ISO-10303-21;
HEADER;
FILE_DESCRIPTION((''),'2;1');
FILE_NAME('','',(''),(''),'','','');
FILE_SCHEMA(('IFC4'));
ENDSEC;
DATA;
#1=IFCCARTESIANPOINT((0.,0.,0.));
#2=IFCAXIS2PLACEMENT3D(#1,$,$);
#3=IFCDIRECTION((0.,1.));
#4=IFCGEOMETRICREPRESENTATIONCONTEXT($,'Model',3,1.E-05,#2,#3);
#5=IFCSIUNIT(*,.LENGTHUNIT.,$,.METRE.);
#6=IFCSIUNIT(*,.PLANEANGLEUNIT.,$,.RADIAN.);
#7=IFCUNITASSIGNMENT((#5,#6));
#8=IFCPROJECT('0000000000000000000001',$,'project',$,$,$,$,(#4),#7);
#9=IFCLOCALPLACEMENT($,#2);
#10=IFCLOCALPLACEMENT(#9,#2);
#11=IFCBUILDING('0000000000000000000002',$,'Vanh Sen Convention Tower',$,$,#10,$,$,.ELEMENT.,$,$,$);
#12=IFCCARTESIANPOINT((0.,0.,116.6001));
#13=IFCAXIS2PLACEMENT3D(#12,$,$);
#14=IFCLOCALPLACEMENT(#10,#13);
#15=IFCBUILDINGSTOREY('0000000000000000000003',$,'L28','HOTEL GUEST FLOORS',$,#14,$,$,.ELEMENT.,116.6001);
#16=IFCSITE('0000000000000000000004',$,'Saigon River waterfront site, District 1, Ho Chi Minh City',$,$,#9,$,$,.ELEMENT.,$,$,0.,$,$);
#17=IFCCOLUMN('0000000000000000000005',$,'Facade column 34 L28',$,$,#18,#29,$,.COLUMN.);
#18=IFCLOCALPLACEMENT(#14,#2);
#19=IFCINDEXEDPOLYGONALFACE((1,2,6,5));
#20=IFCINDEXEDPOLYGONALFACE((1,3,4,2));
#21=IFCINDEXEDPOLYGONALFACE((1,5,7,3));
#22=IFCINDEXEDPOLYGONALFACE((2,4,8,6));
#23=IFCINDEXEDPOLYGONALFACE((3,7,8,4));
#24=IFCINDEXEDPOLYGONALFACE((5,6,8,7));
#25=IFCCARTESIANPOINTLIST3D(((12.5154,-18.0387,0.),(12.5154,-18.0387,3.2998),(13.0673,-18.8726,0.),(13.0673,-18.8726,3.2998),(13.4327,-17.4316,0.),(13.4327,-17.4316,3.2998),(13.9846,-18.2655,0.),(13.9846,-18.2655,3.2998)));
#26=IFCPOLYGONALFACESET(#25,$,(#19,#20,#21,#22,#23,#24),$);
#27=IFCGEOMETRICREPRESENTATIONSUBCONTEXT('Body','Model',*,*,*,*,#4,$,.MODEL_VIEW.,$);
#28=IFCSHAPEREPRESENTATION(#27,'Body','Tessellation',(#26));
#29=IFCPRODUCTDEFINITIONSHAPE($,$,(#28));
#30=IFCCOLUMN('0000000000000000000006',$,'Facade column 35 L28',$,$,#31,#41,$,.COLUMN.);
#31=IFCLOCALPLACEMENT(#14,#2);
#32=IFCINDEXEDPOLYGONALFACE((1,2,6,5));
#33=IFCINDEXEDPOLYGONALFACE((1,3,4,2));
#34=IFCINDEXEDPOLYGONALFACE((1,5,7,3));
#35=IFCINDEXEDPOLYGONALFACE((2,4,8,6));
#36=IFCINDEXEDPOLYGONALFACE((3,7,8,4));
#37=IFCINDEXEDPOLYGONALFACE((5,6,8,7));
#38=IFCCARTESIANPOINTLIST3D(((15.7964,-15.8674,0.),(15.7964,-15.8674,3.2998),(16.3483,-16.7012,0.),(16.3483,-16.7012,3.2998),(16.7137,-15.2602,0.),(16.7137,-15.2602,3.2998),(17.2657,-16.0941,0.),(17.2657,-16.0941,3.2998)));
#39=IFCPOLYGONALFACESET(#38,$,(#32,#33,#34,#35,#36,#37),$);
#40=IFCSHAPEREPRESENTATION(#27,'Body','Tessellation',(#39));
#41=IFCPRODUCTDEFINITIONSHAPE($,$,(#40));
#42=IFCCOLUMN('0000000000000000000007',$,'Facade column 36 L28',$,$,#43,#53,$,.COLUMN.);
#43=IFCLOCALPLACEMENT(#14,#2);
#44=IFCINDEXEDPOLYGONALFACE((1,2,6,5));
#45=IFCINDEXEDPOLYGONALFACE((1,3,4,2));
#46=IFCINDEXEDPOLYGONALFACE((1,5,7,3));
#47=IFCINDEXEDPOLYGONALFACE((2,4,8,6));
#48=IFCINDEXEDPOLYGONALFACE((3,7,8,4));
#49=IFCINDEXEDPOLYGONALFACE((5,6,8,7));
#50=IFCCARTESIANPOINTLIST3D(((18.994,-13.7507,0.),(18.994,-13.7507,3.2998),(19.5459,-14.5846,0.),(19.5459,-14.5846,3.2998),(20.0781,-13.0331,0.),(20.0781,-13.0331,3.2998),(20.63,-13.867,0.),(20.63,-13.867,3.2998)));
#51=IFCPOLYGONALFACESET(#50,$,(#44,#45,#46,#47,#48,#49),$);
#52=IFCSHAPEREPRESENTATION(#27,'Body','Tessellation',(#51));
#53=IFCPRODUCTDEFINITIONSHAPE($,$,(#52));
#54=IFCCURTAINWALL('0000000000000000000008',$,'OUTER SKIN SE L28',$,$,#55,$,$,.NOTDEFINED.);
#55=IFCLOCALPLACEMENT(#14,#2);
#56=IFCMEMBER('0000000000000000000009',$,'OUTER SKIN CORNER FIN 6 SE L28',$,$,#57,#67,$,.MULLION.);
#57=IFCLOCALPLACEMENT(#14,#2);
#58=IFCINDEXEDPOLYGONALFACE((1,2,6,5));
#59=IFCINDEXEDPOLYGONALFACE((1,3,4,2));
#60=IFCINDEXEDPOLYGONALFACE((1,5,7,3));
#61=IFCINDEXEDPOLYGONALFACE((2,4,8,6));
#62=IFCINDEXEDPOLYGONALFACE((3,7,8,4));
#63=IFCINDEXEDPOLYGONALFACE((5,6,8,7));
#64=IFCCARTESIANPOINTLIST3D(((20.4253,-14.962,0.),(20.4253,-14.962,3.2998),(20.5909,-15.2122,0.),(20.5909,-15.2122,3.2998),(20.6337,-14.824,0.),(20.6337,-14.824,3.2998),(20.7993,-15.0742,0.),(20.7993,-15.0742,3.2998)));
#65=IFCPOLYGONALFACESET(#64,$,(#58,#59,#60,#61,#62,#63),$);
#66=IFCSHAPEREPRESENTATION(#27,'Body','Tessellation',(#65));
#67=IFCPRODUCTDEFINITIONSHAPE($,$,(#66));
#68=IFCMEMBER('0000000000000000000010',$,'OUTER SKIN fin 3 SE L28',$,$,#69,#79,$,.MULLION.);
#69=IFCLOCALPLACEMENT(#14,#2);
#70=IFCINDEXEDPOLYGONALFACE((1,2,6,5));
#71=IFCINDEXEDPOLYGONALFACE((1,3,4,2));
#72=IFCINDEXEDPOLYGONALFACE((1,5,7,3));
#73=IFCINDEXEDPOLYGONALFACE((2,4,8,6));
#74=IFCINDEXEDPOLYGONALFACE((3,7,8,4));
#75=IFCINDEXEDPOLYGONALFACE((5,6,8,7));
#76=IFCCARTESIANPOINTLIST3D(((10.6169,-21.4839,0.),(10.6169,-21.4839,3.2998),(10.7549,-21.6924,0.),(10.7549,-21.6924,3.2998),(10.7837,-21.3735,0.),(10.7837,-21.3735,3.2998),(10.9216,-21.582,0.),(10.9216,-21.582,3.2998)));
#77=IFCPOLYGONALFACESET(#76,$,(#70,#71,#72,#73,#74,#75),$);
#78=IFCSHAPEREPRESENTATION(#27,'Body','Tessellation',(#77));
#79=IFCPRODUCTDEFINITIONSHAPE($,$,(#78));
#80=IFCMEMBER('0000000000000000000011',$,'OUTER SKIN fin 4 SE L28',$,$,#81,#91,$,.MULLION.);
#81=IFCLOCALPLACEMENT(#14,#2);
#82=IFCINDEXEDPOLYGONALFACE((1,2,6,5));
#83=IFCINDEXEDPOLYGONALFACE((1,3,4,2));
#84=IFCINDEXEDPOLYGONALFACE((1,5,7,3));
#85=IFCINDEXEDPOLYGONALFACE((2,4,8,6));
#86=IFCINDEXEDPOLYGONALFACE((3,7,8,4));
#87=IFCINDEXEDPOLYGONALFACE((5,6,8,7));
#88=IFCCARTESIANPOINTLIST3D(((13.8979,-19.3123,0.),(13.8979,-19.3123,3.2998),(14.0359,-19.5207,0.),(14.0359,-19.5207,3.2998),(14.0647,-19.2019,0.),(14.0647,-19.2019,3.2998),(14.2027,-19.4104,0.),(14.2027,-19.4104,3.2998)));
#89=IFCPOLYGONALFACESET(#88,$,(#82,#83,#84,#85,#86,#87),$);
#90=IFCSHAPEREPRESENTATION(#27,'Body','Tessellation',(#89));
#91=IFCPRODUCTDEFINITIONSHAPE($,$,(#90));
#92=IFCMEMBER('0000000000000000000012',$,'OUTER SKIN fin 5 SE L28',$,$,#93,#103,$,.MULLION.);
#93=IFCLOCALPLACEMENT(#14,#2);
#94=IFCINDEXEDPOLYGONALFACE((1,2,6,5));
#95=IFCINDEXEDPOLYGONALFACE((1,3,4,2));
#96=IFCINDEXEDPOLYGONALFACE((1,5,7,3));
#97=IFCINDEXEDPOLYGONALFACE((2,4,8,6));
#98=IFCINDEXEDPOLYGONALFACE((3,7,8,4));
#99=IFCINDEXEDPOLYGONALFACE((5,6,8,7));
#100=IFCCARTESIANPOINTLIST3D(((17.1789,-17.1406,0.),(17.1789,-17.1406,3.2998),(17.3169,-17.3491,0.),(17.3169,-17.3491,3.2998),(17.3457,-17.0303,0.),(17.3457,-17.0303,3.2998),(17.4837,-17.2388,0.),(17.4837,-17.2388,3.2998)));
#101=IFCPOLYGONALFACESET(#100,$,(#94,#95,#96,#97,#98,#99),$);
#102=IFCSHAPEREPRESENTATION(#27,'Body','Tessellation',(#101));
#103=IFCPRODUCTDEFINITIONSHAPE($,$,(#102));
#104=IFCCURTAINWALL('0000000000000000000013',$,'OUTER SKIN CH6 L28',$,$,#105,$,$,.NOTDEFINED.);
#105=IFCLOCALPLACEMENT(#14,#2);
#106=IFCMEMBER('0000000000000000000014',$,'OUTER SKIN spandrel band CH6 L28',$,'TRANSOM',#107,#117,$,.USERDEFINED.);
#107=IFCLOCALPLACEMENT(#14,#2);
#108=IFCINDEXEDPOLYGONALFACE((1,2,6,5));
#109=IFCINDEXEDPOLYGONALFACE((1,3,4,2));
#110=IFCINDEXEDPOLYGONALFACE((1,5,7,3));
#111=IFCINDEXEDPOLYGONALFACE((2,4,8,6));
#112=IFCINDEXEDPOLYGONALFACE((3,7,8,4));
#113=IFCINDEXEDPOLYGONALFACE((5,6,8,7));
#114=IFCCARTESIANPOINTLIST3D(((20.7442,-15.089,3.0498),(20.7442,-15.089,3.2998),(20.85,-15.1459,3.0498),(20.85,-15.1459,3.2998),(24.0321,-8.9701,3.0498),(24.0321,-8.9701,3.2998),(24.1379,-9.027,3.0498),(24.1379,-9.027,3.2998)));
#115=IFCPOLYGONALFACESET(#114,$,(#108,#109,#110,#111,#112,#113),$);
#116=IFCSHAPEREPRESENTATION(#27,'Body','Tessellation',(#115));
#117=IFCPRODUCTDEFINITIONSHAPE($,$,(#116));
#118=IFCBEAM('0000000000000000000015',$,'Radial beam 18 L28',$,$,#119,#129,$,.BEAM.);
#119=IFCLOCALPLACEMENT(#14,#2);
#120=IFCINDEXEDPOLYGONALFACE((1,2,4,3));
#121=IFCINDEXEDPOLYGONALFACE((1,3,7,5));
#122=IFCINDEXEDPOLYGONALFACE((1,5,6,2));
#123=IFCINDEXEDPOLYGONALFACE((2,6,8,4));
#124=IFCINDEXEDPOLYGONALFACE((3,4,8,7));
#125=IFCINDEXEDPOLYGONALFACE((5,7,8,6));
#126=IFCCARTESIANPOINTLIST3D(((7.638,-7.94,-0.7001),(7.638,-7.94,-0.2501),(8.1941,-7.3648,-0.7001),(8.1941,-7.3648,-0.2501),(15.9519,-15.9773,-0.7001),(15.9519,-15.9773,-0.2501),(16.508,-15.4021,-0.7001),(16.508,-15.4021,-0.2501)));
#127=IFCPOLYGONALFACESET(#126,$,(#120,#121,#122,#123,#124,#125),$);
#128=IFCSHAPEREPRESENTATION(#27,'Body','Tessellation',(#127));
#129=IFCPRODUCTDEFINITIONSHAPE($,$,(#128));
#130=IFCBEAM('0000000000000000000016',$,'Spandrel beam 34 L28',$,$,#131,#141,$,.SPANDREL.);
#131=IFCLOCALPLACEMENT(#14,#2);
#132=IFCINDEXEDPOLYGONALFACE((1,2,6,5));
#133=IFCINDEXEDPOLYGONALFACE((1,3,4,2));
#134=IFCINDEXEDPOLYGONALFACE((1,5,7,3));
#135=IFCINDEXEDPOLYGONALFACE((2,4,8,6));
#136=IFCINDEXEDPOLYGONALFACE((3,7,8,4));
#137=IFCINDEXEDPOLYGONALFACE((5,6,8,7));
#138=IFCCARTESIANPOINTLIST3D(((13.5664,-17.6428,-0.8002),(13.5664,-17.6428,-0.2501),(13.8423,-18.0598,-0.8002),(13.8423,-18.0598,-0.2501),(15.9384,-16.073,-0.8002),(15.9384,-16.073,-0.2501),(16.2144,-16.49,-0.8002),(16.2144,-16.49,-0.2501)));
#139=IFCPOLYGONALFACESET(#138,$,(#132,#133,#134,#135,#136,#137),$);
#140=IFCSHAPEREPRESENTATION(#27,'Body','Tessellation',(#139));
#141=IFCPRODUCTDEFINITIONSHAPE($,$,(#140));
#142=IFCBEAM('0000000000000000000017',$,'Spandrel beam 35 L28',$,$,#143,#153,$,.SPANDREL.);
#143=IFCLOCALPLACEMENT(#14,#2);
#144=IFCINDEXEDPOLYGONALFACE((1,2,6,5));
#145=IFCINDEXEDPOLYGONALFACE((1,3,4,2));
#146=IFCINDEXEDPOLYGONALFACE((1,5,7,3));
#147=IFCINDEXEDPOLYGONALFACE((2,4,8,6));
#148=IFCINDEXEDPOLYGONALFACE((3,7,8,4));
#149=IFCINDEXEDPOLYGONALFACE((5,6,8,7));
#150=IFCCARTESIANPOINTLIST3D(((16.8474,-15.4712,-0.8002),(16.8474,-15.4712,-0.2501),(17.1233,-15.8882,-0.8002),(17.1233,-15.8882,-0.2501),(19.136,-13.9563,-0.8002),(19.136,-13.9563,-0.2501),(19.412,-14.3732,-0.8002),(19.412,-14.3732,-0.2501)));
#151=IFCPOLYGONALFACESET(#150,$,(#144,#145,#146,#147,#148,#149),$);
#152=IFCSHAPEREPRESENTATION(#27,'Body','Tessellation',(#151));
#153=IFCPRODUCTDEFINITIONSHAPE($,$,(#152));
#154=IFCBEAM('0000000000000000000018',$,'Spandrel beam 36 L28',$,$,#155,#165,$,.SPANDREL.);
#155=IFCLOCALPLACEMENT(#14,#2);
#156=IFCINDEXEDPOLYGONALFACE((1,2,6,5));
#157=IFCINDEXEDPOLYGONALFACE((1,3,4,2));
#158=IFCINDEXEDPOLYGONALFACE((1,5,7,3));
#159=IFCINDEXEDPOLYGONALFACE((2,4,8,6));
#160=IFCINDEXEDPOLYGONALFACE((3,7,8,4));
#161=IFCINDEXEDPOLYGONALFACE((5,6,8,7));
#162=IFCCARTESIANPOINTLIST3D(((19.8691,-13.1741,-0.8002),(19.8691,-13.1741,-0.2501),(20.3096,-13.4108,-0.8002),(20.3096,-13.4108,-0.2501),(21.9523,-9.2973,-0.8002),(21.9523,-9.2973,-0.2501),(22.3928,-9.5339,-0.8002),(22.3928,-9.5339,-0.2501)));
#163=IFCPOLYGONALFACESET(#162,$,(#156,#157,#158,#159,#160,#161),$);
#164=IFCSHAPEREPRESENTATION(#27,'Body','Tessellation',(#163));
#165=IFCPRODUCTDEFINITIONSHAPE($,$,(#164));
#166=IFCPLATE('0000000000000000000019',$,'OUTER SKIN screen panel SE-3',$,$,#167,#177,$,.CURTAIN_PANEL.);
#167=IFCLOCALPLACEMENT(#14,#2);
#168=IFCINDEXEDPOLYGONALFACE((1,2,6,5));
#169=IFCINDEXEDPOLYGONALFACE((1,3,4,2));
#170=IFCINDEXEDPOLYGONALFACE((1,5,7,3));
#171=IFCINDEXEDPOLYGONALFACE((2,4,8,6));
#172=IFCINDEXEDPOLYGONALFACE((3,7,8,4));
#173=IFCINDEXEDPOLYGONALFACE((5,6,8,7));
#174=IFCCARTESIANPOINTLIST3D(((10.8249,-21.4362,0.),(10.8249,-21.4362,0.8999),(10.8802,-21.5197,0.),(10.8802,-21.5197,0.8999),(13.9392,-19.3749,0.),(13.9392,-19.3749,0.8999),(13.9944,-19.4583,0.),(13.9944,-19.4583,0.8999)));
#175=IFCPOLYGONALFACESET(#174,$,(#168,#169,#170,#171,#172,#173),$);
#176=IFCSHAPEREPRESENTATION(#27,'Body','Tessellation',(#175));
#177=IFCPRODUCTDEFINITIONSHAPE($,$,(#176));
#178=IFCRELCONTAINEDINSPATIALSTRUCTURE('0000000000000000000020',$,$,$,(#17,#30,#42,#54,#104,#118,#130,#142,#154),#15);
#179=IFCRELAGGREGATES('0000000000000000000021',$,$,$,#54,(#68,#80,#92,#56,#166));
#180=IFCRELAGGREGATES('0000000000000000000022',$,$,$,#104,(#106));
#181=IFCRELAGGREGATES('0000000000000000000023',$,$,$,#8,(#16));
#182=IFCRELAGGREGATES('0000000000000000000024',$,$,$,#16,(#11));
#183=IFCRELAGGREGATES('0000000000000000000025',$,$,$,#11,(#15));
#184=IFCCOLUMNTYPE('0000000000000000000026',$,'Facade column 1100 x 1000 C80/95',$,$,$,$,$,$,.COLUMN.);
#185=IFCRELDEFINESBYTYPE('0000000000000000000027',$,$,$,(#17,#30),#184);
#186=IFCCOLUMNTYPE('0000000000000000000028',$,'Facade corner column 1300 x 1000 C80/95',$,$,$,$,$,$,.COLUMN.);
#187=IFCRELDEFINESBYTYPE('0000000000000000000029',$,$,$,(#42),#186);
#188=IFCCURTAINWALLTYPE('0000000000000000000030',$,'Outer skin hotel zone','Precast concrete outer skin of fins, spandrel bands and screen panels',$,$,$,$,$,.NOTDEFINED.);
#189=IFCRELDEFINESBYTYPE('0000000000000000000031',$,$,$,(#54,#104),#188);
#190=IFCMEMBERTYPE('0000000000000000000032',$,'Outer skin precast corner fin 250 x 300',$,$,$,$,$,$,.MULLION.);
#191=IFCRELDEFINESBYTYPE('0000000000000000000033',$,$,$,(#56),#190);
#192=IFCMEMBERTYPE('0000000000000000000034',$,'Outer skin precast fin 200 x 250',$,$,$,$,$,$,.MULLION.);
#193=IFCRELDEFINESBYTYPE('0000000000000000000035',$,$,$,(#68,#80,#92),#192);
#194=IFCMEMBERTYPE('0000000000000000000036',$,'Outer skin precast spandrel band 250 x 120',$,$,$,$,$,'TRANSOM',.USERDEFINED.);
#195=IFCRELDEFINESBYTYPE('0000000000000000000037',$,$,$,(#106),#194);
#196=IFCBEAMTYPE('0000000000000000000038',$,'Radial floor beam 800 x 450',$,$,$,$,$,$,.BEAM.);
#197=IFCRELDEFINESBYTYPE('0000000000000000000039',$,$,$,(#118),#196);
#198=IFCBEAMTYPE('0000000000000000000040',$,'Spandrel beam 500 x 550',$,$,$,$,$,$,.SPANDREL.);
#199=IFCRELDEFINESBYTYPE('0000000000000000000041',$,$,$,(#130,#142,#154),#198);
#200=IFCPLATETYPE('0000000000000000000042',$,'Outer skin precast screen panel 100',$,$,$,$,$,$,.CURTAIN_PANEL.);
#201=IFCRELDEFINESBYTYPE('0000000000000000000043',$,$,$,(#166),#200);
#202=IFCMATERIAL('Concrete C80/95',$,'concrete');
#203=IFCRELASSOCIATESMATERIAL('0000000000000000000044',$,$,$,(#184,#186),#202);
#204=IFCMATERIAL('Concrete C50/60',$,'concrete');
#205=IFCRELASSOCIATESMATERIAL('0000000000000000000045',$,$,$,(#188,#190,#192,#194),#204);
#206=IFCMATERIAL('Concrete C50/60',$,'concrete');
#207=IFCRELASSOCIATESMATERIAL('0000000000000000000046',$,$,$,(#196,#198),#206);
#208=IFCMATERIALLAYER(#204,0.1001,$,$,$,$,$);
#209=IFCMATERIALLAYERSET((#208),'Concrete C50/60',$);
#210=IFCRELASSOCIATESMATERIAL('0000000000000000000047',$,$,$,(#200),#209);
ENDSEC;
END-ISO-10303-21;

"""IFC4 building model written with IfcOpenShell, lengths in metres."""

from ifc_helpers import new_model, si_unit, direction, frame, origin, origin_2d, place, context, subcontext, project, spatial, rectangle, extrude, material, layer, layer_set, material_profile, profile_set, type_object, element, aggregate, save


model = new_model("IFC4")

# Units and contexts
model_context = context("Model", 3, precision=1e-05, world=origin(), true_north=direction((0.0, 1.0)))
body_context = subcontext(model_context, "Body", "Model", "MODEL_VIEW")
ifc_project = project(units=[si_unit("LENGTHUNIT", "METRE"), si_unit("PLANEANGLEUNIT", "RADIAN")], contexts=[model_context])

# Site, building, storey
site_placement = place(None, origin())
site = spatial("IfcSite", under=ifc_project, at=site_placement, Name="Saigon River waterfront site, District 1, Ho Chi Minh City", CompositionType="ELEMENT", RefElevation=0.0)
building_placement = place(site_placement, origin())
building = spatial("IfcBuilding", under=site, at=building_placement, Name="Vanh Sen Convention Tower", CompositionType="ELEMENT")
storey_placement = place(building_placement, frame((0.0, 0.0, 116.6001)))
storey = spatial("IfcBuildingStorey", under=building, at=storey_placement, Name="L28", Description="HOTEL GUEST FLOORS", CompositionType="ELEMENT", Elevation=116.6001)

# Columns
ifc_material_1 = material(Name="Concrete C80/95", Category="concrete")
ifc_material_profile_1 = material_profile(ifc_material_1, rectangle(XDim=1.1001, YDim=1.0, at=origin_2d()), Name="RC 1100X1000")
ifc_profile_set_1 = profile_set([ifc_material_profile_1], Name="Concrete C80/95")
column_type_1 = type_object("IfcColumnType", Name="Facade column 1100 x 1000 C80/95", PredefinedType="COLUMN", material=ifc_profile_set_1)
for number, where, z_axis, x_axis, name in (
    (1, (13.25, -18.1521, 0.0), (0.0, 0.0, 1.0), (0.833886, 0.551937, 0.0), "Facade column 34 L28"),
    (2, (16.531, -15.9807, 0.0), (0.0, 0.0, 1.0), (0.833886, 0.551937, 0.0), "Facade column 35 L28"),
):
    element("IfcColumn", number, at=place(storey_placement, frame(where, z_axis=z_axis, x_axis=x_axis)), inside=storey, type_object=column_type_1, Name=name, PredefinedType="COLUMN", context=body_context, shape_type="SweptSolid", body=[
        extrude(rectangle(XDim=1.1001, YDim=1.0, at=origin_2d()), origin(), (0.0, 0.0, 1.0), 3.2998),
    ])
ifc_material_profile_2 = material_profile(ifc_material_1, rectangle(XDim=1.3, YDim=1.0, at=origin_2d()), Name="RC 1300X1000")
ifc_profile_set_2 = profile_set([ifc_material_profile_2], Name="Concrete C80/95")
column_type_2 = type_object("IfcColumnType", Name="Facade corner column 1300 x 1000 C80/95", PredefinedType="COLUMN", material=ifc_profile_set_2)
column_placement = place(storey_placement, frame((19.812, -13.8088, 0.0), z_axis=(0.0, 0.0, 1.0), x_axis=(0.833886, 0.551937, 0.0)))
element("IfcColumn", 3, at=column_placement, inside=storey, type_object=column_type_2, Name="Facade column 36 L28", PredefinedType="COLUMN", context=body_context, shape_type="SweptSolid", body=[
    extrude(rectangle(XDim=1.3, YDim=1.0, at=origin_2d()), origin(), (0.0, 0.0, 1.0), 3.2998),
])

# Curtain wall, members
ifc_material_2 = material(Name="Concrete C50/60", Category="concrete")
curtain_wall_type = type_object("IfcCurtainWallType", Name="Outer skin hotel zone", Description="Precast concrete outer skin of fins, spandrel bands and screen panels", PredefinedType="NOTDEFINED", material=ifc_material_2)
curtain_wall_1_placement = place(storey_placement, origin())
curtain_wall_1 = element("IfcCurtainWall", 4, at=curtain_wall_1_placement, inside=storey, type_object=curtain_wall_type, Name="OUTER SKIN SE L28", PredefinedType="NOTDEFINED")
ifc_material_profile_3 = material_profile(ifc_material_2, rectangle(XDim=0.25, YDim=0.3, at=origin_2d()), Name="Outer skin precast corner fin 250 x 300")
ifc_profile_set_3 = profile_set([ifc_material_profile_3], Name="Concrete C50/60")
member_type_1 = type_object("IfcMemberType", Name="Outer skin precast corner fin 250 x 300", PredefinedType="MULLION", material=ifc_profile_set_3)
member_1_placement = place(storey_placement, frame((20.6123, -15.0181, 0.0), z_axis=(0.0, 0.0, 1.0), x_axis=(0.833886, 0.551937, 0.0)))
member_1 = element("IfcMember", 5, at=member_1_placement, type_object=member_type_1, Name="OUTER SKIN CORNER FIN 6 SE L28", PredefinedType="MULLION", context=body_context, shape_type="SweptSolid", body=[
    extrude(rectangle(XDim=0.25, YDim=0.3, at=origin_2d()), origin(), (0.0, 0.0, 1.0), 3.2998),
])
ifc_material_profile_4 = material_profile(ifc_material_2, rectangle(XDim=0.2, YDim=0.25, at=origin_2d()), Name="Outer skin precast fin 200 x 250")
ifc_profile_set_4 = profile_set([ifc_material_profile_4], Name="Concrete C50/60")
member_type_2 = type_object("IfcMemberType", Name="Outer skin precast fin 200 x 250", PredefinedType="MULLION", material=ifc_profile_set_4)
member_2_placement = place(storey_placement, frame((10.7693, -21.533, 0.0), z_axis=(0.0, 0.0, 1.0), x_axis=(0.833886, 0.551937, 0.0)))
member_2 = element("IfcMember", 6, at=member_2_placement, type_object=member_type_2, Name="OUTER SKIN fin 3 SE L28", PredefinedType="MULLION", context=body_context, shape_type="SweptSolid", body=[
    extrude(rectangle(XDim=0.2, YDim=0.25, at=origin_2d()), origin(), (0.0, 0.0, 1.0), 3.2998),
])
member_3_placement = place(storey_placement, frame((14.0503, -19.3613, 0.0), z_axis=(0.0, 0.0, 1.0), x_axis=(0.833886, 0.551937, 0.0)))
member_3 = element("IfcMember", 7, at=member_3_placement, type_object=member_type_2, Name="OUTER SKIN fin 4 SE L28", PredefinedType="MULLION", context=body_context, shape_type="SweptSolid", body=[
    extrude(rectangle(XDim=0.2, YDim=0.25, at=origin_2d()), origin(), (0.0, 0.0, 1.0), 3.2998),
])
member_4_placement = place(storey_placement, frame((17.3313, -17.1897, 0.0), z_axis=(0.0, 0.0, 1.0), x_axis=(0.833886, 0.551937, 0.0)))
member_4 = element("IfcMember", 8, at=member_4_placement, type_object=member_type_2, Name="OUTER SKIN fin 5 SE L28", PredefinedType="MULLION", context=body_context, shape_type="SweptSolid", body=[
    extrude(rectangle(XDim=0.2, YDim=0.25, at=origin_2d()), origin(), (0.0, 0.0, 1.0), 3.2998),
])

# Curtain wall, member
curtain_wall_2_placement = place(storey_placement, origin())
curtain_wall_2 = element("IfcCurtainWall", 9, at=curtain_wall_2_placement, inside=storey, type_object=curtain_wall_type, Name="OUTER SKIN CH6 L28", PredefinedType="NOTDEFINED")
ifc_material_profile_5 = material_profile(ifc_material_2, rectangle(XDim=0.1201, YDim=0.25, at=origin_2d()), Name="Outer skin precast spandrel band 250 x 120")
ifc_profile_set_5 = profile_set([ifc_material_profile_5], Name="Concrete C50/60")
member_type_3 = type_object("IfcMemberType", Name="Outer skin precast spandrel band 250 x 120", ElementType="TRANSOM", PredefinedType="USERDEFINED", material=ifc_profile_set_5)
member_5_placement = place(storey_placement, frame((20.7971, -15.1174, 3.1748), z_axis=(0.473324, 0.880888, 0.0), x_axis=(-0.880888, 0.473324, 0.0)))
member_5 = element("IfcMember", 10, at=member_5_placement, type_object=member_type_3, Name="OUTER SKIN spandrel band CH6 L28", ObjectType="TRANSOM", PredefinedType="USERDEFINED", context=body_context, shape_type="SweptSolid", body=[
    extrude(rectangle(XDim=0.1201, YDim=0.25, at=origin_2d()), origin(), (0.0, 0.0, 1.0), 6.9463),
])

# Beams
ifc_material_3 = material(Name="Concrete C50/60", Category="concrete")
ifc_material_profile_6 = material_profile(ifc_material_3, rectangle(XDim=0.8, YDim=0.45, at=origin_2d()), Name="RC 800X450")
ifc_profile_set_6 = profile_set([ifc_material_profile_6], Name="Concrete C50/60")
beam_type_1 = type_object("IfcBeamType", Name="Radial floor beam 800 x 450", PredefinedType="BEAM", material=ifc_profile_set_6)
beam_1_placement = place(storey_placement, frame((16.23, -15.6897, -0.4751), z_axis=(-0.718966, 0.695045, 0.0), x_axis=(-0.695045, -0.718966, 0.0)))
element("IfcBeam", 11, at=beam_1_placement, inside=storey, type_object=beam_type_1, Name="Radial beam 18 L28", PredefinedType="BEAM", context=body_context, shape_type="SweptSolid", body=[
    extrude(rectangle(XDim=0.8, YDim=0.45, at=origin_2d()), origin(), (0.0, 0.0, 1.0), 11.5637),
])
ifc_material_profile_7 = material_profile(ifc_material_3, rectangle(XDim=0.5, YDim=0.55, at=origin_2d()), Name="RC 500X550")
ifc_profile_set_7 = profile_set([ifc_material_profile_7], Name="Concrete C50/60")
beam_type_2 = type_object("IfcBeamType", Name="Spandrel beam 500 x 550", PredefinedType="SPANDREL", material=ifc_profile_set_7)
beam_2_placement = place(storey_placement, frame((13.7043, -17.8513, -0.5251), z_axis=(0.833921, 0.551884, 0.0), x_axis=(-0.551884, 0.833921, 0.0)))
element("IfcBeam", 12, at=beam_2_placement, inside=storey, type_object=beam_type_2, Name="Spandrel beam 34 L28", PredefinedType="SPANDREL", context=body_context, shape_type="SweptSolid", body=[
    extrude(rectangle(XDim=0.5, YDim=0.55, at=origin_2d()), origin(), (0.0, 0.0, 1.0), 2.8445),
])
beam_3_placement = place(storey_placement, frame((16.9854, -15.6797, -0.5251), z_axis=(0.833866, 0.551967, 0.0), x_axis=(-0.551967, 0.833866, 0.0)))
element("IfcBeam", 13, at=beam_3_placement, inside=storey, type_object=beam_type_2, Name="Spandrel beam 35 L28", PredefinedType="SPANDREL", context=body_context, shape_type="SweptSolid", body=[
    extrude(rectangle(XDim=0.5, YDim=0.55, at=origin_2d()), origin(), (0.0, 0.0, 1.0), 2.7446),
])
beam_4_placement = place(storey_placement, frame((20.0894, -13.2925, -0.5251), z_axis=(0.473336, 0.880882, 0.0), x_axis=(-0.880882, 0.473336, 0.0)))
element("IfcBeam", 14, at=beam_4_placement, inside=storey, type_object=beam_type_2, Name="Spandrel beam 36 L28", PredefinedType="SPANDREL", context=body_context, shape_type="SweptSolid", body=[
    extrude(rectangle(XDim=0.5, YDim=0.55, at=origin_2d()), origin(), (0.0, 0.0, 1.0), 4.4011),
])

# Plate
ifc_layer_1 = layer(ifc_material_2, 0.1001)
ifc_layer_set_1 = layer_set([ifc_layer_1], Name="Concrete C50/60")
plate_type = type_object("IfcPlateType", Name="Outer skin precast screen panel 100", PredefinedType="CURTAIN_PANEL", material=ifc_layer_set_1)
plate_1_placement = place(storey_placement, frame((12.4097, -20.4473, 0.0), z_axis=(0.0, 0.0, 1.0), x_axis=(0.83388, 0.551946, 0.0)))
plate_1 = element("IfcPlate", 15, at=plate_1_placement, type_object=plate_type, Name="OUTER SKIN screen panel SE-3", PredefinedType="CURTAIN_PANEL", context=body_context, shape_type="SweptSolid", body=[
    extrude(rectangle(XDim=3.7346, YDim=0.1001, at=origin_2d()), origin(), (0.0, 0.0, 1.0), 0.8999),
])
aggregate(curtain_wall_1, [member_2, member_3, member_4, member_1, plate_1])
aggregate(curtain_wall_2, [member_5])

save(model, "model.ifc")
